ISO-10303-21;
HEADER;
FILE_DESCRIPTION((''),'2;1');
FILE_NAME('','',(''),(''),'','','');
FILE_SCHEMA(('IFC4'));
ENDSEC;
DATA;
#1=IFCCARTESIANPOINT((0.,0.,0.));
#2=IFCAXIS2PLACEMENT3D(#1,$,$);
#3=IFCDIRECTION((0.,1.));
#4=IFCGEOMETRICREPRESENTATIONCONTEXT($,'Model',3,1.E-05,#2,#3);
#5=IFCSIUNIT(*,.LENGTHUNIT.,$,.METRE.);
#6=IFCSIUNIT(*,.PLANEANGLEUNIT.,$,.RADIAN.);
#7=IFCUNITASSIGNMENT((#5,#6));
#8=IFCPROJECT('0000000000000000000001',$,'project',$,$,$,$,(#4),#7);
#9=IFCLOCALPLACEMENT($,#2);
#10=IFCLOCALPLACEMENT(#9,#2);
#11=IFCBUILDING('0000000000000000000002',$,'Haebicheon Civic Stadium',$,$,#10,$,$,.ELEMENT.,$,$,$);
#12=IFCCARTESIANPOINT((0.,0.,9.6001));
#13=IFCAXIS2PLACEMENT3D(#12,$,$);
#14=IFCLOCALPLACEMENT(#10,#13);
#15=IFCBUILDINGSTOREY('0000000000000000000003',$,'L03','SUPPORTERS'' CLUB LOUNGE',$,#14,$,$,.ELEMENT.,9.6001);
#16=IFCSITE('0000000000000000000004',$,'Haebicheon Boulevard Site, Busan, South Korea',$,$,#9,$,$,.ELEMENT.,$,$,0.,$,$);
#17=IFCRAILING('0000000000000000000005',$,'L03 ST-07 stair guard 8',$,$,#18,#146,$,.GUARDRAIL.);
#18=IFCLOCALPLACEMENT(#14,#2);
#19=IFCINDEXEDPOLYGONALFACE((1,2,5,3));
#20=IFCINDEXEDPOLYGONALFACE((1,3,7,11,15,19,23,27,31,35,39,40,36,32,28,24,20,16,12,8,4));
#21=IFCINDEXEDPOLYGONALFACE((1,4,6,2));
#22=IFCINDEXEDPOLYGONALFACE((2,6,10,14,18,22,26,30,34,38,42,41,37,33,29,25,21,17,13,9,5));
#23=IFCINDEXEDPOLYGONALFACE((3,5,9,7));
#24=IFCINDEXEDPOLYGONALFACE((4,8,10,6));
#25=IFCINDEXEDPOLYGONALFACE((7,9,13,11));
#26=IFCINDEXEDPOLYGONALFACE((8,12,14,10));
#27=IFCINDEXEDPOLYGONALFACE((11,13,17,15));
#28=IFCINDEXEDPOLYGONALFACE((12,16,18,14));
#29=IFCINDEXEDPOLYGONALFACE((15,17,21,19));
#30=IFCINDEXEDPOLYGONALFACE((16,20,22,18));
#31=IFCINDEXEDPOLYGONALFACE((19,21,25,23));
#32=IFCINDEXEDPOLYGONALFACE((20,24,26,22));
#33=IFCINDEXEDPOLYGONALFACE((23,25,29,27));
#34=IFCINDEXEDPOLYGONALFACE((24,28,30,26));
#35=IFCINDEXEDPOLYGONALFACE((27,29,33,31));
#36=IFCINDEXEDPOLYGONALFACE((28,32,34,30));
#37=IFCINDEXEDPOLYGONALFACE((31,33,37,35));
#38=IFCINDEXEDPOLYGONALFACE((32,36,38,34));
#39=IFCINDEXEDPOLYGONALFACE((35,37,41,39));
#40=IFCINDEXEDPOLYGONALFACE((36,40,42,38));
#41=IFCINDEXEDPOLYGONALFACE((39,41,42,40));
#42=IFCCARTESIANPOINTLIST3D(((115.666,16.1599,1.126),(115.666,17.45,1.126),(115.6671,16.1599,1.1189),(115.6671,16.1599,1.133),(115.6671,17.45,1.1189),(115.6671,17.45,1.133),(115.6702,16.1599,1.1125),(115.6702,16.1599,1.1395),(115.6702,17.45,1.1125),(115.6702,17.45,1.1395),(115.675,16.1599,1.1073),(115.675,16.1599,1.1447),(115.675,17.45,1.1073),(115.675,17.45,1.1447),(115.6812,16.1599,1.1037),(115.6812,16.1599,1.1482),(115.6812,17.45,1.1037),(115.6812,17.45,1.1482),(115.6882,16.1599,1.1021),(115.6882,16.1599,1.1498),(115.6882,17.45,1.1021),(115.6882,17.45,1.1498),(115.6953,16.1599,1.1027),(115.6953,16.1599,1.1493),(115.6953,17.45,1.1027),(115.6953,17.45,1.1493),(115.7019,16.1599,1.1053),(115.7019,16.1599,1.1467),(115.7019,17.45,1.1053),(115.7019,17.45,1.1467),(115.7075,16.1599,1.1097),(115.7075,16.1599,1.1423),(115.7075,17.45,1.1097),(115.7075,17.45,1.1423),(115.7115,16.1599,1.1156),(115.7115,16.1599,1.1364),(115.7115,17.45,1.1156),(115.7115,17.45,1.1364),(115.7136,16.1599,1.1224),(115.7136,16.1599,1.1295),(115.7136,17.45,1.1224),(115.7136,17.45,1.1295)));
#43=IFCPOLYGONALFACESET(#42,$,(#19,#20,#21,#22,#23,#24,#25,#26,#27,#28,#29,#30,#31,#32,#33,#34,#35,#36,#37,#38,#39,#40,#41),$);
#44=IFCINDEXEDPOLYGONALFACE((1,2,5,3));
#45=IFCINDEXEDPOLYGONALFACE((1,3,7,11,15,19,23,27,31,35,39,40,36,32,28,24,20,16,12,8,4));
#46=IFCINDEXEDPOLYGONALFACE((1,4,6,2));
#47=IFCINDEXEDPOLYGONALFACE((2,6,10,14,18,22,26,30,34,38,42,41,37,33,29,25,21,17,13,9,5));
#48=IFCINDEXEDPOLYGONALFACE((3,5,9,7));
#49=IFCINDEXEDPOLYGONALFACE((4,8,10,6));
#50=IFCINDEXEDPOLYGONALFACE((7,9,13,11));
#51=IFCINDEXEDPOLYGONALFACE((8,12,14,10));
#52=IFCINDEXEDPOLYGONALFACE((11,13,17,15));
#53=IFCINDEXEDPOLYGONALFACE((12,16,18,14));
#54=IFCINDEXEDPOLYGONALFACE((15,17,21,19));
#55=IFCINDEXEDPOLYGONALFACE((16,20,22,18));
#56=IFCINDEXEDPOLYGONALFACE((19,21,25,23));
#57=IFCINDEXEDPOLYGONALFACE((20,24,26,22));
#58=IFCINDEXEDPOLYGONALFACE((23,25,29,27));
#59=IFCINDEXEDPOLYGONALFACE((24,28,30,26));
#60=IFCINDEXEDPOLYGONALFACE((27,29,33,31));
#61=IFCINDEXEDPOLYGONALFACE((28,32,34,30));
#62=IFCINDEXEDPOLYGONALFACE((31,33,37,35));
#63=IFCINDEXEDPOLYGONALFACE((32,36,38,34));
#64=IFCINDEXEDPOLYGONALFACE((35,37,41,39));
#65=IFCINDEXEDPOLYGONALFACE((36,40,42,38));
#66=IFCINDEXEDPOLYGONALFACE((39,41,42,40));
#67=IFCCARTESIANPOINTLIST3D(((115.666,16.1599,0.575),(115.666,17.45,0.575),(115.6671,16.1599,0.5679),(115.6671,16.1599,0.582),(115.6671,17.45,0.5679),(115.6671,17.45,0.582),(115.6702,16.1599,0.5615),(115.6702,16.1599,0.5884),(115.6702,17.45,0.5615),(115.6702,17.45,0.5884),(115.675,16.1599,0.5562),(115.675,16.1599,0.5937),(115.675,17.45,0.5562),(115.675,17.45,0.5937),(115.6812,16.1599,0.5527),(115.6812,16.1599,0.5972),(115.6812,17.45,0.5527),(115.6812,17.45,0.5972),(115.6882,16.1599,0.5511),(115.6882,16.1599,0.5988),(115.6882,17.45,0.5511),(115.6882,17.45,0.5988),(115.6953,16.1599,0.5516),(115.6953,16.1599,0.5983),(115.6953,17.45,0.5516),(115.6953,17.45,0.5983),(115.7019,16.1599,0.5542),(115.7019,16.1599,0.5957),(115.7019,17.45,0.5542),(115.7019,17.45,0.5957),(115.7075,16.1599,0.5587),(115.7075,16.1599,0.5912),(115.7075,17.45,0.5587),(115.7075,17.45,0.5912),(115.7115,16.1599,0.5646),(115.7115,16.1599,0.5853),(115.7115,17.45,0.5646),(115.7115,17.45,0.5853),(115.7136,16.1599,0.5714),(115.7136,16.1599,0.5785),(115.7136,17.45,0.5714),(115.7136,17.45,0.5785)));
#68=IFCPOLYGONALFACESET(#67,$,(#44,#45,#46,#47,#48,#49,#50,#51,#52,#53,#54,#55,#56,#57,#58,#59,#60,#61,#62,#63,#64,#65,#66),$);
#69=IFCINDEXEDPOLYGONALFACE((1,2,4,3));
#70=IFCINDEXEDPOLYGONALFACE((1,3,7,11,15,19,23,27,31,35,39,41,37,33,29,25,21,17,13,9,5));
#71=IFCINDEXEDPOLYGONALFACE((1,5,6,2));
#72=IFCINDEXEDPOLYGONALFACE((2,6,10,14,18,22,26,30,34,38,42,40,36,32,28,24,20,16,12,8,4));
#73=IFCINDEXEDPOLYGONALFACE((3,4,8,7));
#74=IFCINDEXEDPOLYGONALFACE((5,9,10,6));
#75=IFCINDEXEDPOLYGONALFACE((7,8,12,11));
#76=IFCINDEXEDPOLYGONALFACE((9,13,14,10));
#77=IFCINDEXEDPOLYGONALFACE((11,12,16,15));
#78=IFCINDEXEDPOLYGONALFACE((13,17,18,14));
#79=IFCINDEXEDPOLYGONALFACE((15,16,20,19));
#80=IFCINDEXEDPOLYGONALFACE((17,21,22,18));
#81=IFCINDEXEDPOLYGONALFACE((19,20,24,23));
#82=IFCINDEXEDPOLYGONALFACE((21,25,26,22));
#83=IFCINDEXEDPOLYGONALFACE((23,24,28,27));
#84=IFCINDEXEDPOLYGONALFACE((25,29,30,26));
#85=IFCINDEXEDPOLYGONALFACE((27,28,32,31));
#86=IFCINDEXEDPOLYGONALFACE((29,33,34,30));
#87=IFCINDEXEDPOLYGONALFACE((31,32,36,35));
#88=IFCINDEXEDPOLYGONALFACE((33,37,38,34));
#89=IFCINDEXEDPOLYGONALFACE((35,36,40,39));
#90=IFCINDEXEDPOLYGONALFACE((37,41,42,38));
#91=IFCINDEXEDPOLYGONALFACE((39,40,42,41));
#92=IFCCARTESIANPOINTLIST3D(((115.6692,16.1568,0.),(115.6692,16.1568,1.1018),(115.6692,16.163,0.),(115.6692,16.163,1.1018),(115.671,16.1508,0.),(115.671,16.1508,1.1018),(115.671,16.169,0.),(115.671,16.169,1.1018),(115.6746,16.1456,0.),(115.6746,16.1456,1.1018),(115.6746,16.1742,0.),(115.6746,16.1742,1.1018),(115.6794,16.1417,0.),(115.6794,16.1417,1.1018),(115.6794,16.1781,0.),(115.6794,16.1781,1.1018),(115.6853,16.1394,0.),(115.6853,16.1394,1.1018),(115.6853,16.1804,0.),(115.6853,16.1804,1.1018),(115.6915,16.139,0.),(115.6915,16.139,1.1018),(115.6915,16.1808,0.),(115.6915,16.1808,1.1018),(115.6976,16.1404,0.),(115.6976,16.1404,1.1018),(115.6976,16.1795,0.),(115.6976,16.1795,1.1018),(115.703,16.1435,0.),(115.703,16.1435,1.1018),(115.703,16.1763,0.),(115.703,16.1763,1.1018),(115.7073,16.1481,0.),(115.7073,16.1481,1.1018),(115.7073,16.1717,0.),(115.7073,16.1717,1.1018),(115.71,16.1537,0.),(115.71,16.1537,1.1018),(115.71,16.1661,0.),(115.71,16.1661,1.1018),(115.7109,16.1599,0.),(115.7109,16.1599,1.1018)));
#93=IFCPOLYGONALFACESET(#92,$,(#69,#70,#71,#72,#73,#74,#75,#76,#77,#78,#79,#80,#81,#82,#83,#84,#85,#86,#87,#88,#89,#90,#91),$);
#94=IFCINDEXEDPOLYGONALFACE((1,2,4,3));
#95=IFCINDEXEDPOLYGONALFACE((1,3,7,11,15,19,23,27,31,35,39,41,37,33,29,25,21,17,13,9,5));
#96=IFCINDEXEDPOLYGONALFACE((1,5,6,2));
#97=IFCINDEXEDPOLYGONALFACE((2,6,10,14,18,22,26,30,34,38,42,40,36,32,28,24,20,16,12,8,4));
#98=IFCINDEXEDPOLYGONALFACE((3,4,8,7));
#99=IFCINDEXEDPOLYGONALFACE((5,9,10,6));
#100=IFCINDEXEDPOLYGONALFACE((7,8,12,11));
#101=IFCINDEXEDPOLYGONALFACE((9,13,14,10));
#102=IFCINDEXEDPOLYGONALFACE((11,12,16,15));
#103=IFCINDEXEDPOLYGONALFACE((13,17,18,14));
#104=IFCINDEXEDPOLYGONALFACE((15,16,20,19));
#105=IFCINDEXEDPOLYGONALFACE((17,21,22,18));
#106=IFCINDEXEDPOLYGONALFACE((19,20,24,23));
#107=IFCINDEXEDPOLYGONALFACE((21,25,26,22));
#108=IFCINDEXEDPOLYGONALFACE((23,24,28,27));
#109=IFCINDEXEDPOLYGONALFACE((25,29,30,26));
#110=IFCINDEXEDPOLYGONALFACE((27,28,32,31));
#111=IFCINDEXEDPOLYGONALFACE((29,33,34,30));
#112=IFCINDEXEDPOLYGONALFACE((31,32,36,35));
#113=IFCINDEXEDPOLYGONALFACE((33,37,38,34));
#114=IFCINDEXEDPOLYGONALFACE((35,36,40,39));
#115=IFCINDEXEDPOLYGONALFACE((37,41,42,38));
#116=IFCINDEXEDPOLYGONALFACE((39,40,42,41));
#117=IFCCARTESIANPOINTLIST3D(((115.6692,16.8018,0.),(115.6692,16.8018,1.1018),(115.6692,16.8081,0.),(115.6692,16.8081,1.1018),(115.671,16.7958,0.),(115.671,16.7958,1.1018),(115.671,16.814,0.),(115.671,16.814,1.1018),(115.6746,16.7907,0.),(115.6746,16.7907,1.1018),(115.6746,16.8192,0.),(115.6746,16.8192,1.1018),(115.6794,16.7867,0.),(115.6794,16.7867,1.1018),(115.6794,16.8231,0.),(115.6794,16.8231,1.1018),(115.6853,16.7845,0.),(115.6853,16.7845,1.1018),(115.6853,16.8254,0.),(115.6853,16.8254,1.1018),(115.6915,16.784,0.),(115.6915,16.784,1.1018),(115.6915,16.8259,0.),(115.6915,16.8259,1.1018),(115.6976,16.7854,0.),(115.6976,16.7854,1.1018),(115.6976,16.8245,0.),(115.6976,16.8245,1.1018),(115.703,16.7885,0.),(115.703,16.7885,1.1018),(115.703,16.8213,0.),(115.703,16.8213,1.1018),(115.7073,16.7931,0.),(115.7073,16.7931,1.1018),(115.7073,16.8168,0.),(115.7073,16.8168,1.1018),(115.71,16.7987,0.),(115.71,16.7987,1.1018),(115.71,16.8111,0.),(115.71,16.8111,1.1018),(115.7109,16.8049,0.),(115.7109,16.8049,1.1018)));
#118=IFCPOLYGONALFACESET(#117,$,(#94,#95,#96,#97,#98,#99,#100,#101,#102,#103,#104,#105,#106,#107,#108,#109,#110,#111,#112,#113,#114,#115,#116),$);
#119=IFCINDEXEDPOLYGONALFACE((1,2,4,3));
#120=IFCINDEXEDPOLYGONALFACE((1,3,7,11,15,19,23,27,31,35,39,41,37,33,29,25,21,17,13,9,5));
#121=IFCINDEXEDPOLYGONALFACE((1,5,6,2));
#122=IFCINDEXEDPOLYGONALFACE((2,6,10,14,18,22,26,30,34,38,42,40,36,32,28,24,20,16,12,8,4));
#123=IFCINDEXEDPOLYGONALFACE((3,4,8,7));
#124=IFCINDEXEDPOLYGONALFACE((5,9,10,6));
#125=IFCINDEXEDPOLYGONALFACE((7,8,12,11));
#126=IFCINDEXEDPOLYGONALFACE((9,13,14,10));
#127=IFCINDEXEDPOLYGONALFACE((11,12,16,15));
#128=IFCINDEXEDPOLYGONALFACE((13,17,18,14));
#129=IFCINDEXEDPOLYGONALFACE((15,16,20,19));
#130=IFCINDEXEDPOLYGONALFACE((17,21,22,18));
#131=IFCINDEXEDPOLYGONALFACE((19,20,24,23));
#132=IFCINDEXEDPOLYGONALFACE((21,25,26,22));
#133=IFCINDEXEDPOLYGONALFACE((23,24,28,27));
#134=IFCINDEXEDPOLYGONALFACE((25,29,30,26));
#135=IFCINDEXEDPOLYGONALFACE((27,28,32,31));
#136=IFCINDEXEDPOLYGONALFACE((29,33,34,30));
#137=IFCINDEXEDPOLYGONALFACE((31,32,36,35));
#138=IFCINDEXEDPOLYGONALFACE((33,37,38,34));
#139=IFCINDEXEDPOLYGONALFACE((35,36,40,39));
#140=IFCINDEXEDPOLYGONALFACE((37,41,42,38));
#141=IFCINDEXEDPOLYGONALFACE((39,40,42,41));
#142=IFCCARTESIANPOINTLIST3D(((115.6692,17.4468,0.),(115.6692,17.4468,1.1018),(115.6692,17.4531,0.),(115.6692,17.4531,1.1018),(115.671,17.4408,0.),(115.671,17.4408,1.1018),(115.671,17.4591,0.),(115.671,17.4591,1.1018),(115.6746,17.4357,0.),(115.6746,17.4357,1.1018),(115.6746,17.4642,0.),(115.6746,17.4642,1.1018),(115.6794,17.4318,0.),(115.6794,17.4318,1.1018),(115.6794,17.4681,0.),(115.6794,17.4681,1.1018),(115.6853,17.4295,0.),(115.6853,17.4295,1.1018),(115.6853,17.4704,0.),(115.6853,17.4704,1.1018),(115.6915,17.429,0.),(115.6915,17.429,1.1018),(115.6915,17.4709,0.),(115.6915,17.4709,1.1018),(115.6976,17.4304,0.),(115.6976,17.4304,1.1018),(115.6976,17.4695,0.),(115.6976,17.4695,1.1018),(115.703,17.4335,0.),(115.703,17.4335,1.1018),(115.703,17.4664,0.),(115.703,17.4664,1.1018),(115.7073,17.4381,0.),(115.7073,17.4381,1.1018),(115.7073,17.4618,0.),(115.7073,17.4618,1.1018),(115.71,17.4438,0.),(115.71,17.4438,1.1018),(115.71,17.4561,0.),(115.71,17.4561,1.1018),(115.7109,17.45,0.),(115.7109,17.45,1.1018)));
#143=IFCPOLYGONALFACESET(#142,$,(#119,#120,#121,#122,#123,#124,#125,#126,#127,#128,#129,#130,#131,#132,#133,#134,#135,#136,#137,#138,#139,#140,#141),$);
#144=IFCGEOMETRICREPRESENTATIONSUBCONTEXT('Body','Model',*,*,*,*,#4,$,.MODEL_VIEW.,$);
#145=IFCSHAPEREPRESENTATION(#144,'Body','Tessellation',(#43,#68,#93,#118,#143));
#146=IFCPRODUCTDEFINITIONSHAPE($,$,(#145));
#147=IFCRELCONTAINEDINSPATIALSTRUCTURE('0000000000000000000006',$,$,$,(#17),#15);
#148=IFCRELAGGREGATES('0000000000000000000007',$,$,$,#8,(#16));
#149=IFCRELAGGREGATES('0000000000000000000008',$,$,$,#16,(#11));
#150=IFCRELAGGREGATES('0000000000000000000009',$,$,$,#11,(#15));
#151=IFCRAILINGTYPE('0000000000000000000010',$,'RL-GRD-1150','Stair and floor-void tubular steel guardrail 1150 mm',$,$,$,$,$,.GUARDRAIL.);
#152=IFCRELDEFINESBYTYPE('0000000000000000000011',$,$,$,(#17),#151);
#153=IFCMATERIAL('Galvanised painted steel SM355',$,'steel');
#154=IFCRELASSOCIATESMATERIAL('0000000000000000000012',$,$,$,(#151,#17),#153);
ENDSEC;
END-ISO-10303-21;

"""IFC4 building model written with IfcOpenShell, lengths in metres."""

from ifc_helpers import new_model, si_unit, direction, frame, origin, origin_2d, place, context, subcontext, project, spatial, circle, extrude, material, type_object, element, save


model = new_model("IFC4")

# Units and contexts
model_context = context("Model", 3, precision=1e-05, world=origin(), true_north=direction((0.0, 1.0)))
body_context = subcontext(model_context, "Body", "Model", "MODEL_VIEW")
ifc_project = project(units=[si_unit("LENGTHUNIT", "METRE"), si_unit("PLANEANGLEUNIT", "RADIAN")], contexts=[model_context])

# Site, building, storey
site_placement = place(None, origin())
site = spatial("IfcSite", under=ifc_project, at=site_placement, Name="Haebicheon Boulevard Site, Busan, South Korea", CompositionType="ELEMENT", RefElevation=0.0)
building_placement = place(site_placement, origin())
building = spatial("IfcBuilding", under=site, at=building_placement, Name="Haebicheon Civic Stadium", CompositionType="ELEMENT")
storey_placement = place(building_placement, frame((0.0, 0.0, 9.6001)))
storey = spatial("IfcBuildingStorey", under=building, at=storey_placement, Name="L03", Description="SUPPORTERS' CLUB LOUNGE", CompositionType="ELEMENT", Elevation=9.6001)

# Railing
ifc_material_1 = material(Name="Galvanised painted steel SM355", Category="steel")
railing_type = type_object("IfcRailingType", Name="RL-GRD-1150", Description="Stair and floor-void tubular steel guardrail 1150 mm", PredefinedType="GUARDRAIL", material=ifc_material_1)
for number, where, name in (
    (1, (115.6899, 16.1599, 0.0), "L03 ST-07 stair guard 8"),
):
    element("IfcRailing", number, at=place(storey_placement, frame(where)), inside=storey, type_object=railing_type, material=ifc_material_1, Name=name, PredefinedType="GUARDRAIL", context=body_context, shape_type="SweptSolid", body=[
        extrude(circle(Radius=0.0239, at=origin_2d()), frame((0.0, 0.0, 1.126), z_axis=(0.0, 1.0, 0.0), x_axis=(-1.0, 0.0, 0.0)), (0.0, 0.0, 1.0), 1.29),
        extrude(circle(Radius=0.0239, at=origin_2d()), frame((0.0, 0.0, 0.575), z_axis=(0.0, 1.0, 0.0), x_axis=(-1.0, 0.0, 0.0)), (0.0, 0.0, 1.0), 1.29),
        extrude(circle(Radius=0.021, at=origin_2d()), origin(), (0.0, 0.0, 1.0), 1.1018),
        extrude(circle(Radius=0.021, at=origin_2d()), frame((0.0, 0.645, 0.0)), (0.0, 0.0, 1.0), 1.1018),
        extrude(circle(Radius=0.021, at=origin_2d()), frame((0.0, 1.29, 0.0)), (0.0, 0.0, 1.0), 1.1018),
    ])

save(model, "model.ifc")
